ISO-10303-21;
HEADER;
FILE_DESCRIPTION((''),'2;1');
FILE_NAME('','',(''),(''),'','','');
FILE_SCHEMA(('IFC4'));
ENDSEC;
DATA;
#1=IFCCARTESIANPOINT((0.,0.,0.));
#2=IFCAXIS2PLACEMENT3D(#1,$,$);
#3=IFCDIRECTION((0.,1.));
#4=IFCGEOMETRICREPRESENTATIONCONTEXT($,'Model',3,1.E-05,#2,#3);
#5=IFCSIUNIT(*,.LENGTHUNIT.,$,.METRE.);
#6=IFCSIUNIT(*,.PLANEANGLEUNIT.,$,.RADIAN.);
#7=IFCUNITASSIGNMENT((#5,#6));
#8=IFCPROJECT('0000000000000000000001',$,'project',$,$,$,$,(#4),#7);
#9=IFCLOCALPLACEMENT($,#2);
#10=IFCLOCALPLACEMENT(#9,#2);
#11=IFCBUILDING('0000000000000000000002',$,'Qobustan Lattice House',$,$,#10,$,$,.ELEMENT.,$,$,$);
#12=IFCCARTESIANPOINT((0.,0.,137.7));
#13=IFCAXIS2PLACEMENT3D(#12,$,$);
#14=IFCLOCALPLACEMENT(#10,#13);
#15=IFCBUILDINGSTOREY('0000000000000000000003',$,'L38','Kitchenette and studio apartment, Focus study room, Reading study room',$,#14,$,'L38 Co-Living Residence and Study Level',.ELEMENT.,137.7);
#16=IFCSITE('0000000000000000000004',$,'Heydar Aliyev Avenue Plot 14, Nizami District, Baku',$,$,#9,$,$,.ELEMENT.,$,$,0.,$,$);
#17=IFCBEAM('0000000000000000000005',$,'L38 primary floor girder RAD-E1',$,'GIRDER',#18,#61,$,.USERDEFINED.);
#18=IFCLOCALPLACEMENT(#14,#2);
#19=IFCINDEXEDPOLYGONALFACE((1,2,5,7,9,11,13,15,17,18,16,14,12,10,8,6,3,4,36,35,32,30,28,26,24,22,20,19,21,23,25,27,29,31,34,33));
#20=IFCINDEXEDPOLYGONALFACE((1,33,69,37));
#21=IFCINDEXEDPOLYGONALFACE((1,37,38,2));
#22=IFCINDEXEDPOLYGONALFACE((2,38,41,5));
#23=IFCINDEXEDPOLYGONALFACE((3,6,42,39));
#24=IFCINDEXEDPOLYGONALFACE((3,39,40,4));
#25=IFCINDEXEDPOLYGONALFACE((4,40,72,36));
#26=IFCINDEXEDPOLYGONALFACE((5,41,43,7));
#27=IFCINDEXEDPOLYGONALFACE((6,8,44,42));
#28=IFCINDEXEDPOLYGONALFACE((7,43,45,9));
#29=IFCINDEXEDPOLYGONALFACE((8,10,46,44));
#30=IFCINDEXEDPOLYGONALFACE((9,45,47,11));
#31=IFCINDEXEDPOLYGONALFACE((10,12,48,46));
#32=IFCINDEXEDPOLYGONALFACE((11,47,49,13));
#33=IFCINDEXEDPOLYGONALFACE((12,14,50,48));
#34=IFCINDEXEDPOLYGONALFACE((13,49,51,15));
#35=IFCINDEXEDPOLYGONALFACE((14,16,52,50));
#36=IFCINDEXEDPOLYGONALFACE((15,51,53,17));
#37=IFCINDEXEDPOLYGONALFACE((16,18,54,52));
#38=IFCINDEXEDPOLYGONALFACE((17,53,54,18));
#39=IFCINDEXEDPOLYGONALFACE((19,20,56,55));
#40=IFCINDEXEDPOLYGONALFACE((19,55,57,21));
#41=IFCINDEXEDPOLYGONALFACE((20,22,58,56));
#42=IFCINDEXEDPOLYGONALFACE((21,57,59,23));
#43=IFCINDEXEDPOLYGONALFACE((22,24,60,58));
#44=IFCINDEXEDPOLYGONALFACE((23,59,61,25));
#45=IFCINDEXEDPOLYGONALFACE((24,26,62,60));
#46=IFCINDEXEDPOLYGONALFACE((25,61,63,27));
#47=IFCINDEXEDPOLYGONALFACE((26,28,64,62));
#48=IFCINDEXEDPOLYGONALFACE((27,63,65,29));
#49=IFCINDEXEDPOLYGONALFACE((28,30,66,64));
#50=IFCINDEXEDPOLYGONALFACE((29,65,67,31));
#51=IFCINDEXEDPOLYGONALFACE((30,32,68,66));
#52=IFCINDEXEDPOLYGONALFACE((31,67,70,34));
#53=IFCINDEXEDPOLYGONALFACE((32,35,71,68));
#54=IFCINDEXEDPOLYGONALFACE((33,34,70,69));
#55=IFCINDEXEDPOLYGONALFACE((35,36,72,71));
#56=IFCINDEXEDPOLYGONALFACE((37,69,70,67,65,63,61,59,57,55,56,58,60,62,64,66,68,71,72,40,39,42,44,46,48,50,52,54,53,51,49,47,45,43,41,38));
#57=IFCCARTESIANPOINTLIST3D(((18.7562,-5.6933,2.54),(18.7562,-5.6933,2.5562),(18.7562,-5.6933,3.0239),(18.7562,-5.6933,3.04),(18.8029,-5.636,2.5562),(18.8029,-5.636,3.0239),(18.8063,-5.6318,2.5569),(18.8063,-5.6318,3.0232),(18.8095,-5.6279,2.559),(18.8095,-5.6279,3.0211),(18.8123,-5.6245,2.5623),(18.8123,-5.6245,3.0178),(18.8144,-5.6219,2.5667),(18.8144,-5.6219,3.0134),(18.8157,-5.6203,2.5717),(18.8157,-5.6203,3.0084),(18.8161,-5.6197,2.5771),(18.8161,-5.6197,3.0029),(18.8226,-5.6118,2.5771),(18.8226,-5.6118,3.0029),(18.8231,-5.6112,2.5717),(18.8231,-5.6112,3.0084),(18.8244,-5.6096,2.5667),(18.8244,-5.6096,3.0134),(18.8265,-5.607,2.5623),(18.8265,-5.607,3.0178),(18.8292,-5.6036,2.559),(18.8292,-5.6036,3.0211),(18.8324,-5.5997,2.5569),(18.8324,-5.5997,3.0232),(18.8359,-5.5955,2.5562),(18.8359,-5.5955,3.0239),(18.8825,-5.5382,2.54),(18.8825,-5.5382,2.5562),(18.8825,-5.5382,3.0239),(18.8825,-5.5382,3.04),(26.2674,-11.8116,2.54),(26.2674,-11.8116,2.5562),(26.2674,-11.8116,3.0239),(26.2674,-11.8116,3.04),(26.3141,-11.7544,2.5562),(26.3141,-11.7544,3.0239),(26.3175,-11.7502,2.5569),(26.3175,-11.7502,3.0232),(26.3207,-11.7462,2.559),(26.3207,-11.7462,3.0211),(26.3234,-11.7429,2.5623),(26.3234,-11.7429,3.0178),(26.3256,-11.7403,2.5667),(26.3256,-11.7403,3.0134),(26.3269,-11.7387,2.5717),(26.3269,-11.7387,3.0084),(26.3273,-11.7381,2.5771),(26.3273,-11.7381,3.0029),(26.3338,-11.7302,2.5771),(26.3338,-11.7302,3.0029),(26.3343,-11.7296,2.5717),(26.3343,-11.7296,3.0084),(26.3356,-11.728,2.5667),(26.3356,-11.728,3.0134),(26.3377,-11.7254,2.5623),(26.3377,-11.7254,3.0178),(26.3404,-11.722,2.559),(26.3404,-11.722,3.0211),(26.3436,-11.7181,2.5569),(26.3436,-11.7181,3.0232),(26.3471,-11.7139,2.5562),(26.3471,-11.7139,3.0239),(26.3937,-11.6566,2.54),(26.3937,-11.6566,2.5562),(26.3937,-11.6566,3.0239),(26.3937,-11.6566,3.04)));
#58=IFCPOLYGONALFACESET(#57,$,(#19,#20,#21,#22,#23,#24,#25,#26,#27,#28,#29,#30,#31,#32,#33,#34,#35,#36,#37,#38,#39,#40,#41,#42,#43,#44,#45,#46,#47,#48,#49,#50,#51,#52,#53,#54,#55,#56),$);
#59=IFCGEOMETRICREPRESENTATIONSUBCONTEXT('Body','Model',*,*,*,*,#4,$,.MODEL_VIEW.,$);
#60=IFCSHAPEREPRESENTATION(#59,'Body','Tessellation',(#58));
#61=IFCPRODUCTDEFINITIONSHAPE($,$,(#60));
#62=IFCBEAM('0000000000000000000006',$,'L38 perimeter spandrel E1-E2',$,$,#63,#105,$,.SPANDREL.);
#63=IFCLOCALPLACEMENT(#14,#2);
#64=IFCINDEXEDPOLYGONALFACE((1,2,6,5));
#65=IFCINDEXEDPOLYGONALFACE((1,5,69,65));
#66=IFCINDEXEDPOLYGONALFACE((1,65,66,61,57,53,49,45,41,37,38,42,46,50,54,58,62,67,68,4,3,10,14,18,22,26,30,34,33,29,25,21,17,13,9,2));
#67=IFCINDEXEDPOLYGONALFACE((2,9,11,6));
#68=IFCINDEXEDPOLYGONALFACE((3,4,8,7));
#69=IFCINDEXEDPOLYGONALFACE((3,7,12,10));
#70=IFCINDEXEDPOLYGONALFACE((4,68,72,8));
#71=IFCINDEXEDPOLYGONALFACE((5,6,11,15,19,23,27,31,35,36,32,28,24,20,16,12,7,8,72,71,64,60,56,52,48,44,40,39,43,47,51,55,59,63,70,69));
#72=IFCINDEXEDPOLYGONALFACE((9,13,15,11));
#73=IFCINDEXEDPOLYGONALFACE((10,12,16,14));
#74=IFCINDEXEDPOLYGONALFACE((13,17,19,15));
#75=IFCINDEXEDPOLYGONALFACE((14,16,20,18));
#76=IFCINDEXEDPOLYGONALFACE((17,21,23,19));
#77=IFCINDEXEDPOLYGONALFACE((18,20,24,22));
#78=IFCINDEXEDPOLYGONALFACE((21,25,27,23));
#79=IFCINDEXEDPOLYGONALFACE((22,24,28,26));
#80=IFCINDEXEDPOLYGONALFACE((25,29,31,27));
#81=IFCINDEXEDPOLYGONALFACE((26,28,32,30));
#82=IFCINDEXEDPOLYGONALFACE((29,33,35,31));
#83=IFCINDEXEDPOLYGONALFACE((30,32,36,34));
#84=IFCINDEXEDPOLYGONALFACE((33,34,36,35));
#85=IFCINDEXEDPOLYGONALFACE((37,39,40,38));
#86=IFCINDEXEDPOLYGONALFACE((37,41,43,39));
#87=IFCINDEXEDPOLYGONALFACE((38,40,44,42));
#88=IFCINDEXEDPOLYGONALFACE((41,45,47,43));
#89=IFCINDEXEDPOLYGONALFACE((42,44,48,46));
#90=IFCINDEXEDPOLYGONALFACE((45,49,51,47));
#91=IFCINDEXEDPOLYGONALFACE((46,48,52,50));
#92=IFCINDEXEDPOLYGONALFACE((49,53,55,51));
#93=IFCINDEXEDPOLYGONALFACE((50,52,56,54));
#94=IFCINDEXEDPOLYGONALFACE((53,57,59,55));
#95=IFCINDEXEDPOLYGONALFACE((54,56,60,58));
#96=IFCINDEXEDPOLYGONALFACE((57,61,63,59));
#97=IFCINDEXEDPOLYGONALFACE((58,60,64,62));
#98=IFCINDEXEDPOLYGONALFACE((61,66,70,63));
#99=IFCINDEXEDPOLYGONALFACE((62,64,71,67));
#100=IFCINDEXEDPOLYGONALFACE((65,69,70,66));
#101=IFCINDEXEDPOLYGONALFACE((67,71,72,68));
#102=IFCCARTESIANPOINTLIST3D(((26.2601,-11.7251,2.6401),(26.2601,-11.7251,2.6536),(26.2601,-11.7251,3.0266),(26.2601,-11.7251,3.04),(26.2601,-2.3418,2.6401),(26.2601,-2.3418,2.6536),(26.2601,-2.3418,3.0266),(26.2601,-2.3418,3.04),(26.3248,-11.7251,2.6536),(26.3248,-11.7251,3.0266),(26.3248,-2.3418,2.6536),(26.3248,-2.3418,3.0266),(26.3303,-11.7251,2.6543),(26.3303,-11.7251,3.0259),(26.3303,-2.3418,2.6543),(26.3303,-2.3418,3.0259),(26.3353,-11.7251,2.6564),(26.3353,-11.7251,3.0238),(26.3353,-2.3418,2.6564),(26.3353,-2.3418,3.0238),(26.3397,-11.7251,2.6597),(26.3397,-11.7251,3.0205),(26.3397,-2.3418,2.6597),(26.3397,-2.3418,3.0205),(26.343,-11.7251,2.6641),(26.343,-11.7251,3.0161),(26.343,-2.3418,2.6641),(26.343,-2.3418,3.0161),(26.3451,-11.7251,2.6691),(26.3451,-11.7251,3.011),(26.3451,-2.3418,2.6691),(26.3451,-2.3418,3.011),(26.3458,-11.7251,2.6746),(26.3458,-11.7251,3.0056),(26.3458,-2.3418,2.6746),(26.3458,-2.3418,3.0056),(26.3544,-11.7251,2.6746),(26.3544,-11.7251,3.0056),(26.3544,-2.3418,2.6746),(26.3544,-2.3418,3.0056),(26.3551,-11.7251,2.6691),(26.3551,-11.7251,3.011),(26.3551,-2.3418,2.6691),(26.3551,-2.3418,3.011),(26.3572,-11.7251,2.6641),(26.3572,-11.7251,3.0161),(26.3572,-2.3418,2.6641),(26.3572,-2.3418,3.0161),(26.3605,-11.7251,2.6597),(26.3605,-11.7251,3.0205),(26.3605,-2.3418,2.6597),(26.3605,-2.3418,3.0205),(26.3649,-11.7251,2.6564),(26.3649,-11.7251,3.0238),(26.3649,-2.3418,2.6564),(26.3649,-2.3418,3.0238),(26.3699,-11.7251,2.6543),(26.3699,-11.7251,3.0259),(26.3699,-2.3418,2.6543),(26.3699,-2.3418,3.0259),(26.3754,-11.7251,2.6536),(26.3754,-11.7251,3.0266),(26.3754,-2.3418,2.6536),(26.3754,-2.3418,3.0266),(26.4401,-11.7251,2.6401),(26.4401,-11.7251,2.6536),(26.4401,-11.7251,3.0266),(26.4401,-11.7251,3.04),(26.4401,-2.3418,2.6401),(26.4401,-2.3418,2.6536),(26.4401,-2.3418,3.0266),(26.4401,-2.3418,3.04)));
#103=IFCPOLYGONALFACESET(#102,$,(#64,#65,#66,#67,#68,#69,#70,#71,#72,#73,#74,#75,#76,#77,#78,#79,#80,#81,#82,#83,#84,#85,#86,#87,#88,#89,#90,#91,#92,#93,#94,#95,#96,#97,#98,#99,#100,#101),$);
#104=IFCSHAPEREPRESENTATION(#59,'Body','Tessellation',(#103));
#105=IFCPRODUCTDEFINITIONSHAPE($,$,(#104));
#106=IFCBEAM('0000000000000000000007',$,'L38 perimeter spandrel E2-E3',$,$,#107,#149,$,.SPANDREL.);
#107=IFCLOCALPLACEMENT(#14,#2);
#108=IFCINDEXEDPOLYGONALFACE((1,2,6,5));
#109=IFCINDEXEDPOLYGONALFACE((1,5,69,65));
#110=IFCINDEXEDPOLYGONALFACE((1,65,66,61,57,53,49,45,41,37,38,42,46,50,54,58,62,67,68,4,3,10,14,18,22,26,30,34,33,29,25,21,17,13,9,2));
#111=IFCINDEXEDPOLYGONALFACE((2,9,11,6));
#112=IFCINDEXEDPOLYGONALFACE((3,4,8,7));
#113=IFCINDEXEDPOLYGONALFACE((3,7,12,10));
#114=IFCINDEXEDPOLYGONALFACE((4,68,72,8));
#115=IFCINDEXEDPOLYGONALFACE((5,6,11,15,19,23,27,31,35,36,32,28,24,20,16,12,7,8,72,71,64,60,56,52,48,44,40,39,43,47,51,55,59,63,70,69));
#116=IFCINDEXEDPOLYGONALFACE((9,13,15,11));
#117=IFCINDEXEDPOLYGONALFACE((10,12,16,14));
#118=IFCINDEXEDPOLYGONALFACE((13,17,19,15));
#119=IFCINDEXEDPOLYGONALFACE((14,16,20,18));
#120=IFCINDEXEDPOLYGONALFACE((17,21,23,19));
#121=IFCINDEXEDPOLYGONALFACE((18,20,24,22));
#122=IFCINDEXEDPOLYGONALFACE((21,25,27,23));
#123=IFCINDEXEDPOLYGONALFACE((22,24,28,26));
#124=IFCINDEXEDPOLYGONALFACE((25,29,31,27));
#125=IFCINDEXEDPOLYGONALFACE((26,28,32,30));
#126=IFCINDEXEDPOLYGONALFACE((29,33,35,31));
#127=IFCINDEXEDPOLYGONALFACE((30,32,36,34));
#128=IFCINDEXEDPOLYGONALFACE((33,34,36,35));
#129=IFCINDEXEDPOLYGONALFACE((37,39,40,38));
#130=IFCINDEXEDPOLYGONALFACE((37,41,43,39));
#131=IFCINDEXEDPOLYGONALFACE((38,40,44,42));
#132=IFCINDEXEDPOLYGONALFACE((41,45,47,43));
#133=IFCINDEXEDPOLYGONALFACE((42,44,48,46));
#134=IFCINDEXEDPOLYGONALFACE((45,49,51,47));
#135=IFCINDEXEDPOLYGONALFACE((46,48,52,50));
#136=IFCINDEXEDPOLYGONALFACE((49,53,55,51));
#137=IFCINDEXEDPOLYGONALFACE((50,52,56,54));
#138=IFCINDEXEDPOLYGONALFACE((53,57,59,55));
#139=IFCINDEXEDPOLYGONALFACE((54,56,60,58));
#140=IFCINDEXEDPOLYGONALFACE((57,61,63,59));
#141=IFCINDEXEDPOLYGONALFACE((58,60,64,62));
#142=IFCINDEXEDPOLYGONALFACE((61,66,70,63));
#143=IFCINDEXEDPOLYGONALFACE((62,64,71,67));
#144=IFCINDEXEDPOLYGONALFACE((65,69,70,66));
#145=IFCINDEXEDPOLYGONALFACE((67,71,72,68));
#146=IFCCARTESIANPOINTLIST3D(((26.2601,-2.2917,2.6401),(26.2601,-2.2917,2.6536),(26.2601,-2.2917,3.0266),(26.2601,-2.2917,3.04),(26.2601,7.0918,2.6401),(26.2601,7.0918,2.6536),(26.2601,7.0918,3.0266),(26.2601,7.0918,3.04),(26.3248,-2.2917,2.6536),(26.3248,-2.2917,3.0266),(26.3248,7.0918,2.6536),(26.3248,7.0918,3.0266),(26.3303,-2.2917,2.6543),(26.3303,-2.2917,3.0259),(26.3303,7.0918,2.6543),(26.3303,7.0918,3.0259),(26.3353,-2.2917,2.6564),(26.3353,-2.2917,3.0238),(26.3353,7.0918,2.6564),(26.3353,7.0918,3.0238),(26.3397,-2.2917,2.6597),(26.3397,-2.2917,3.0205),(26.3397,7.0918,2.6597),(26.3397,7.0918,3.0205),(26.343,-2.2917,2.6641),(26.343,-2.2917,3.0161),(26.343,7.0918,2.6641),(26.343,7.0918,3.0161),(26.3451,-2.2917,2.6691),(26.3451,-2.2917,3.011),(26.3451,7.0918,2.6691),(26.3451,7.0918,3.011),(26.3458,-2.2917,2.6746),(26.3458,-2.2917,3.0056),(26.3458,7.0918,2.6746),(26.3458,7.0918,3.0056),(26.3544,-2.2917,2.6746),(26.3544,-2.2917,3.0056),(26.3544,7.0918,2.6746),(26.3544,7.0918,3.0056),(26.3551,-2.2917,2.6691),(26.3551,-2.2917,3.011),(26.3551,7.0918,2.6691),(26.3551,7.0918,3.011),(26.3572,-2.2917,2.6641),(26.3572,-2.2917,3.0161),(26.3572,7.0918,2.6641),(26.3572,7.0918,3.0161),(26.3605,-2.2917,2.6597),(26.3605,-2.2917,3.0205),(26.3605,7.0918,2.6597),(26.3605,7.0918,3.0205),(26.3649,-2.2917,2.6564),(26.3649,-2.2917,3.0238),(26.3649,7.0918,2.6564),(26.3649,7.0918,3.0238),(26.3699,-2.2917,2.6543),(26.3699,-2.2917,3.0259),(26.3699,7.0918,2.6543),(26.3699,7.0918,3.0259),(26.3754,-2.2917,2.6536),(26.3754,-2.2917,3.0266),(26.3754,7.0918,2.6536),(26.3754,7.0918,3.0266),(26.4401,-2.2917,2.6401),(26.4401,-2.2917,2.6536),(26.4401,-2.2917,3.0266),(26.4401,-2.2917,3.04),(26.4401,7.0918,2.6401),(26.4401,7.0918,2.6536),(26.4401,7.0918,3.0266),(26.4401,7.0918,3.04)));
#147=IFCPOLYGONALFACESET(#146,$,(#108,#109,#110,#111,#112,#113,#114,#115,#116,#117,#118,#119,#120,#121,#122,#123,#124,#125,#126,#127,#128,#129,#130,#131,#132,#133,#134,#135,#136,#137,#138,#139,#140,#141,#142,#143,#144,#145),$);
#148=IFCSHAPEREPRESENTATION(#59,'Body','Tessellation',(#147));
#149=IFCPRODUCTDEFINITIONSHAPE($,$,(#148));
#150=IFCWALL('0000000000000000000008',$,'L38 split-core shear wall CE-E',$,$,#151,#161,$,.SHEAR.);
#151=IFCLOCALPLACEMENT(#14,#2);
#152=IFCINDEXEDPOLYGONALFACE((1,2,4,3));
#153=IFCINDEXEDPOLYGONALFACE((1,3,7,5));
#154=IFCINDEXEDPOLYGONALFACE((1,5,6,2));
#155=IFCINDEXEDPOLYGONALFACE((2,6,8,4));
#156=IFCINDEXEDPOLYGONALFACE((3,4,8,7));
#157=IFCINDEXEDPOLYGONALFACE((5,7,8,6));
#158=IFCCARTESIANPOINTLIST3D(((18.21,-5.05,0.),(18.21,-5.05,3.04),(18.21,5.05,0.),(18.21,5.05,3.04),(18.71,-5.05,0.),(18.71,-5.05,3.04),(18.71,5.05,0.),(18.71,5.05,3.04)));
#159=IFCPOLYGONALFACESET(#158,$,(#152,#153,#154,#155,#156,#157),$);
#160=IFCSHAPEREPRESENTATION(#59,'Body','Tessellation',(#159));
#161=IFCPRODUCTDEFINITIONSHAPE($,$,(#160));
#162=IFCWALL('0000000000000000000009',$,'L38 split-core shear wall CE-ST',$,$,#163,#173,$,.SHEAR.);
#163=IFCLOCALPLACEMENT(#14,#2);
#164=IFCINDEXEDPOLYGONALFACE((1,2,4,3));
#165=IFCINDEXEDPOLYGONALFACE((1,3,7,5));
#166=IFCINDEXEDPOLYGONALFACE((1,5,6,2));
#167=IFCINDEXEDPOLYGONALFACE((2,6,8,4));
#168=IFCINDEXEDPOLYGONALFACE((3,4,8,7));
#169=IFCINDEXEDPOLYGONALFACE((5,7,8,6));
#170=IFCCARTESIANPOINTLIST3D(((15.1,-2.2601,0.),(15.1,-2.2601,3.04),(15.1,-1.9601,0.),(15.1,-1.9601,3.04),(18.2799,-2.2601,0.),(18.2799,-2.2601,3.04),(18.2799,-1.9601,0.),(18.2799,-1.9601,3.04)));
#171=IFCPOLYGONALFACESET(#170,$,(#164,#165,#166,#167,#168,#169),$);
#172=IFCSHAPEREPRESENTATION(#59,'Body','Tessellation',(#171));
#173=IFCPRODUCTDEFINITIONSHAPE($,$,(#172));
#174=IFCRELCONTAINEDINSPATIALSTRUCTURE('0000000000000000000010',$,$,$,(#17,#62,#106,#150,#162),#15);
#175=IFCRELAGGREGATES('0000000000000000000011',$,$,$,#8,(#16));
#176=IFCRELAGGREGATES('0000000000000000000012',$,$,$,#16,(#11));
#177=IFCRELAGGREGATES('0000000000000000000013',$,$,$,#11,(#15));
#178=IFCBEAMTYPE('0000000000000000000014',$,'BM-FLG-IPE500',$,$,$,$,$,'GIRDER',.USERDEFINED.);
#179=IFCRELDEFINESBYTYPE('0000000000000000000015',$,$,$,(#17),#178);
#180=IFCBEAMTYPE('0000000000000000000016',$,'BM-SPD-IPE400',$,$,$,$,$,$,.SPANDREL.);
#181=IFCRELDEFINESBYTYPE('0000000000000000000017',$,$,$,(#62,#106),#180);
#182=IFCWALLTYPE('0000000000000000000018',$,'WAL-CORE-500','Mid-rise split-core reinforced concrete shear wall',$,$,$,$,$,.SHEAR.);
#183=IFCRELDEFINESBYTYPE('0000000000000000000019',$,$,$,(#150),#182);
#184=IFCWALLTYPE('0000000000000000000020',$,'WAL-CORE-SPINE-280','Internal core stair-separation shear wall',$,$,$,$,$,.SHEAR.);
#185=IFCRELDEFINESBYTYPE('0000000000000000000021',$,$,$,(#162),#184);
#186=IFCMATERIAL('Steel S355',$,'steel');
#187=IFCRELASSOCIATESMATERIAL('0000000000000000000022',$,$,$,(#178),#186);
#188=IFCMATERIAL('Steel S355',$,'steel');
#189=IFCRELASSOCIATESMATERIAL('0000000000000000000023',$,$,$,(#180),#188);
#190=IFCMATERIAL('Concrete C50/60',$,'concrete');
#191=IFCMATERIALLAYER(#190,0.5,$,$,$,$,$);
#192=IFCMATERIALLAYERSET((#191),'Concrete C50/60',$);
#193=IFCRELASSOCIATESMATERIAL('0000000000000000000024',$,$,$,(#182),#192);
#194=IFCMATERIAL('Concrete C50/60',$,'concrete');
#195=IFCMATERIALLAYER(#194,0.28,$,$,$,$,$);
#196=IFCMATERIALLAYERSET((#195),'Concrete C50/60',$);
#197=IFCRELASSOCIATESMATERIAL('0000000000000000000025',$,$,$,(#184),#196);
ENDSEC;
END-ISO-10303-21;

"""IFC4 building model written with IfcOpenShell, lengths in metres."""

from ifc_helpers import new_model, si_unit, direction, frame, frame_2d, origin, origin_2d, place, context, subcontext, project, spatial, rectangle, i_section, extrude, material, layer, layer_set, material_profile, profile_set, type_object, element, save


model = new_model("IFC4")

# Units and contexts
model_context = context("Model", 3, precision=1e-05, world=origin(), true_north=direction((0.0, 1.0)))
body_context = subcontext(model_context, "Body", "Model", "MODEL_VIEW")
ifc_project = project(units=[si_unit("LENGTHUNIT", "METRE"), si_unit("PLANEANGLEUNIT", "RADIAN")], contexts=[model_context])

# Site, building, storey
site_placement = place(None, origin())
site = spatial("IfcSite", under=ifc_project, at=site_placement, Name="Heydar Aliyev Avenue Plot 14, Nizami District, Baku", CompositionType="ELEMENT", RefElevation=0.0)
building_placement = place(site_placement, origin())
building = spatial("IfcBuilding", under=site, at=building_placement, Name="Qobustan Lattice House", CompositionType="ELEMENT")
storey_placement = place(building_placement, frame((0.0, 0.0, 137.7)))
storey = spatial("IfcBuildingStorey", under=building, at=storey_placement, Name="L38", Description="Kitchenette and studio apartment, Focus study room, Reading study room", LongName="L38 Co-Living Residence and Study Level", CompositionType="ELEMENT", Elevation=137.7)

# Beams
ifc_material_1 = material(Name="Steel S355", Category="steel")
ifc_material_profile_1 = material_profile(ifc_material_1, i_section(OverallWidth=0.2, OverallDepth=0.5, WebThickness=0.0103, FlangeThickness=0.0161, FilletRadius=0.021, at=origin_2d()), Name="IPE500")
ifc_profile_set_1 = profile_set([ifc_material_profile_1], Name="Steel S355")
beam_type_1 = type_object("IfcBeamType", Name="BM-FLG-IPE500", ElementType="GIRDER", PredefinedType="USERDEFINED", material=ifc_profile_set_1)
beam_1_placement = place(storey_placement, frame((26.3306, -11.7341, 2.79), z_axis=(-0.775329, 0.631558, 0.0), x_axis=(-0.631558, -0.775329, 0.0)))
element("IfcBeam", 1, at=beam_1_placement, inside=storey, type_object=beam_type_1, Name="L38 primary floor girder RAD-E1", ObjectType="GIRDER", PredefinedType="USERDEFINED", context=body_context, shape_type="SweptSolid", body=[
    extrude(i_section(OverallWidth=0.2, OverallDepth=0.5, WebThickness=0.0103, FlangeThickness=0.0161, FilletRadius=0.021, at=origin_2d()), origin(), (0.0, 0.0, 1.0), 9.6877),
])
ifc_material_2 = material(Name="Steel S355", Category="steel")
ifc_material_profile_2 = material_profile(ifc_material_2, i_section(OverallWidth=0.1799, OverallDepth=0.3999, WebThickness=0.0085, FlangeThickness=0.0134, FilletRadius=0.021, at=origin_2d()), Name="IPE400")
ifc_profile_set_2 = profile_set([ifc_material_profile_2], Name="Steel S355")
beam_type_2 = type_object("IfcBeamType", Name="BM-SPD-IPE400", PredefinedType="SPANDREL", material=ifc_profile_set_2)
beam_2_placement = place(storey_placement, frame((26.3501, -11.7251, 2.8401), z_axis=(0.0, 1.0, 0.0), x_axis=(-1.0, 0.0, 0.0)))
element("IfcBeam", 2, at=beam_2_placement, inside=storey, type_object=beam_type_2, Name="L38 perimeter spandrel E1-E2", PredefinedType="SPANDREL", context=body_context, shape_type="SweptSolid", body=[
    extrude(i_section(OverallWidth=0.1799, OverallDepth=0.3999, WebThickness=0.0085, FlangeThickness=0.0134, FilletRadius=0.021, at=origin_2d()), origin(), (0.0, 0.0, 1.0), 9.3833),
])
beam_3_placement = place(storey_placement, frame((26.3501, -2.2917, 2.8401), z_axis=(0.0, 1.0, 0.0), x_axis=(-1.0, 0.0, 0.0)))
element("IfcBeam", 3, at=beam_3_placement, inside=storey, type_object=beam_type_2, Name="L38 perimeter spandrel E2-E3", PredefinedType="SPANDREL", context=body_context, shape_type="SweptSolid", body=[
    extrude(i_section(OverallWidth=0.1799, OverallDepth=0.3999, WebThickness=0.0085, FlangeThickness=0.0134, FilletRadius=0.021, at=origin_2d()), origin(), (0.0, 0.0, 1.0), 9.3835),
])

# Walls
ifc_material_3 = material(Name="Concrete C50/60", Category="concrete")
ifc_layer_1 = layer(ifc_material_3, 0.5)
ifc_layer_set_1 = layer_set([ifc_layer_1], Name="Concrete C50/60")
wall_type_1 = type_object("IfcWallType", Name="WAL-CORE-500", Description="Mid-rise split-core reinforced concrete shear wall", PredefinedType="SHEAR", material=ifc_layer_set_1)
wall_1_placement = place(storey_placement, frame((18.46, -5.05, 0.0), z_axis=(0.0, 0.0, 1.0), x_axis=(0.0, 1.0, 0.0)))
element("IfcWall", 4, at=wall_1_placement, inside=storey, type_object=wall_type_1, Name="L38 split-core shear wall CE-E", PredefinedType="SHEAR", context=body_context, shape_type="SweptSolid", body=[
    extrude(rectangle(XDim=10.1001, YDim=0.5, at=frame_2d((5.05, 0.0))), origin(), (0.0, 0.0, 1.0), 3.04),
])
ifc_material_4 = material(Name="Concrete C50/60", Category="concrete")
ifc_layer_2 = layer(ifc_material_4, 0.28)
ifc_layer_set_2 = layer_set([ifc_layer_2], Name="Concrete C50/60")
wall_type_2 = type_object("IfcWallType", Name="WAL-CORE-SPINE-280", Description="Internal core stair-separation shear wall", PredefinedType="SHEAR", material=ifc_layer_set_2)
wall_2_placement = place(storey_placement, frame((15.1001, -2.1101, 0.0), z_axis=(0.0, 0.0, 1.0), x_axis=(1.0, 0.0, 0.0)))
element("IfcWall", 5, at=wall_2_placement, inside=storey, type_object=wall_type_2, Name="L38 split-core shear wall CE-ST", PredefinedType="SHEAR", context=body_context, shape_type="SweptSolid", body=[
    extrude(rectangle(XDim=3.1799, YDim=0.3, at=frame_2d((1.5898, 0.0))), origin(), (0.0, 0.0, 1.0), 3.04),
])

save(model, "model.ifc")
